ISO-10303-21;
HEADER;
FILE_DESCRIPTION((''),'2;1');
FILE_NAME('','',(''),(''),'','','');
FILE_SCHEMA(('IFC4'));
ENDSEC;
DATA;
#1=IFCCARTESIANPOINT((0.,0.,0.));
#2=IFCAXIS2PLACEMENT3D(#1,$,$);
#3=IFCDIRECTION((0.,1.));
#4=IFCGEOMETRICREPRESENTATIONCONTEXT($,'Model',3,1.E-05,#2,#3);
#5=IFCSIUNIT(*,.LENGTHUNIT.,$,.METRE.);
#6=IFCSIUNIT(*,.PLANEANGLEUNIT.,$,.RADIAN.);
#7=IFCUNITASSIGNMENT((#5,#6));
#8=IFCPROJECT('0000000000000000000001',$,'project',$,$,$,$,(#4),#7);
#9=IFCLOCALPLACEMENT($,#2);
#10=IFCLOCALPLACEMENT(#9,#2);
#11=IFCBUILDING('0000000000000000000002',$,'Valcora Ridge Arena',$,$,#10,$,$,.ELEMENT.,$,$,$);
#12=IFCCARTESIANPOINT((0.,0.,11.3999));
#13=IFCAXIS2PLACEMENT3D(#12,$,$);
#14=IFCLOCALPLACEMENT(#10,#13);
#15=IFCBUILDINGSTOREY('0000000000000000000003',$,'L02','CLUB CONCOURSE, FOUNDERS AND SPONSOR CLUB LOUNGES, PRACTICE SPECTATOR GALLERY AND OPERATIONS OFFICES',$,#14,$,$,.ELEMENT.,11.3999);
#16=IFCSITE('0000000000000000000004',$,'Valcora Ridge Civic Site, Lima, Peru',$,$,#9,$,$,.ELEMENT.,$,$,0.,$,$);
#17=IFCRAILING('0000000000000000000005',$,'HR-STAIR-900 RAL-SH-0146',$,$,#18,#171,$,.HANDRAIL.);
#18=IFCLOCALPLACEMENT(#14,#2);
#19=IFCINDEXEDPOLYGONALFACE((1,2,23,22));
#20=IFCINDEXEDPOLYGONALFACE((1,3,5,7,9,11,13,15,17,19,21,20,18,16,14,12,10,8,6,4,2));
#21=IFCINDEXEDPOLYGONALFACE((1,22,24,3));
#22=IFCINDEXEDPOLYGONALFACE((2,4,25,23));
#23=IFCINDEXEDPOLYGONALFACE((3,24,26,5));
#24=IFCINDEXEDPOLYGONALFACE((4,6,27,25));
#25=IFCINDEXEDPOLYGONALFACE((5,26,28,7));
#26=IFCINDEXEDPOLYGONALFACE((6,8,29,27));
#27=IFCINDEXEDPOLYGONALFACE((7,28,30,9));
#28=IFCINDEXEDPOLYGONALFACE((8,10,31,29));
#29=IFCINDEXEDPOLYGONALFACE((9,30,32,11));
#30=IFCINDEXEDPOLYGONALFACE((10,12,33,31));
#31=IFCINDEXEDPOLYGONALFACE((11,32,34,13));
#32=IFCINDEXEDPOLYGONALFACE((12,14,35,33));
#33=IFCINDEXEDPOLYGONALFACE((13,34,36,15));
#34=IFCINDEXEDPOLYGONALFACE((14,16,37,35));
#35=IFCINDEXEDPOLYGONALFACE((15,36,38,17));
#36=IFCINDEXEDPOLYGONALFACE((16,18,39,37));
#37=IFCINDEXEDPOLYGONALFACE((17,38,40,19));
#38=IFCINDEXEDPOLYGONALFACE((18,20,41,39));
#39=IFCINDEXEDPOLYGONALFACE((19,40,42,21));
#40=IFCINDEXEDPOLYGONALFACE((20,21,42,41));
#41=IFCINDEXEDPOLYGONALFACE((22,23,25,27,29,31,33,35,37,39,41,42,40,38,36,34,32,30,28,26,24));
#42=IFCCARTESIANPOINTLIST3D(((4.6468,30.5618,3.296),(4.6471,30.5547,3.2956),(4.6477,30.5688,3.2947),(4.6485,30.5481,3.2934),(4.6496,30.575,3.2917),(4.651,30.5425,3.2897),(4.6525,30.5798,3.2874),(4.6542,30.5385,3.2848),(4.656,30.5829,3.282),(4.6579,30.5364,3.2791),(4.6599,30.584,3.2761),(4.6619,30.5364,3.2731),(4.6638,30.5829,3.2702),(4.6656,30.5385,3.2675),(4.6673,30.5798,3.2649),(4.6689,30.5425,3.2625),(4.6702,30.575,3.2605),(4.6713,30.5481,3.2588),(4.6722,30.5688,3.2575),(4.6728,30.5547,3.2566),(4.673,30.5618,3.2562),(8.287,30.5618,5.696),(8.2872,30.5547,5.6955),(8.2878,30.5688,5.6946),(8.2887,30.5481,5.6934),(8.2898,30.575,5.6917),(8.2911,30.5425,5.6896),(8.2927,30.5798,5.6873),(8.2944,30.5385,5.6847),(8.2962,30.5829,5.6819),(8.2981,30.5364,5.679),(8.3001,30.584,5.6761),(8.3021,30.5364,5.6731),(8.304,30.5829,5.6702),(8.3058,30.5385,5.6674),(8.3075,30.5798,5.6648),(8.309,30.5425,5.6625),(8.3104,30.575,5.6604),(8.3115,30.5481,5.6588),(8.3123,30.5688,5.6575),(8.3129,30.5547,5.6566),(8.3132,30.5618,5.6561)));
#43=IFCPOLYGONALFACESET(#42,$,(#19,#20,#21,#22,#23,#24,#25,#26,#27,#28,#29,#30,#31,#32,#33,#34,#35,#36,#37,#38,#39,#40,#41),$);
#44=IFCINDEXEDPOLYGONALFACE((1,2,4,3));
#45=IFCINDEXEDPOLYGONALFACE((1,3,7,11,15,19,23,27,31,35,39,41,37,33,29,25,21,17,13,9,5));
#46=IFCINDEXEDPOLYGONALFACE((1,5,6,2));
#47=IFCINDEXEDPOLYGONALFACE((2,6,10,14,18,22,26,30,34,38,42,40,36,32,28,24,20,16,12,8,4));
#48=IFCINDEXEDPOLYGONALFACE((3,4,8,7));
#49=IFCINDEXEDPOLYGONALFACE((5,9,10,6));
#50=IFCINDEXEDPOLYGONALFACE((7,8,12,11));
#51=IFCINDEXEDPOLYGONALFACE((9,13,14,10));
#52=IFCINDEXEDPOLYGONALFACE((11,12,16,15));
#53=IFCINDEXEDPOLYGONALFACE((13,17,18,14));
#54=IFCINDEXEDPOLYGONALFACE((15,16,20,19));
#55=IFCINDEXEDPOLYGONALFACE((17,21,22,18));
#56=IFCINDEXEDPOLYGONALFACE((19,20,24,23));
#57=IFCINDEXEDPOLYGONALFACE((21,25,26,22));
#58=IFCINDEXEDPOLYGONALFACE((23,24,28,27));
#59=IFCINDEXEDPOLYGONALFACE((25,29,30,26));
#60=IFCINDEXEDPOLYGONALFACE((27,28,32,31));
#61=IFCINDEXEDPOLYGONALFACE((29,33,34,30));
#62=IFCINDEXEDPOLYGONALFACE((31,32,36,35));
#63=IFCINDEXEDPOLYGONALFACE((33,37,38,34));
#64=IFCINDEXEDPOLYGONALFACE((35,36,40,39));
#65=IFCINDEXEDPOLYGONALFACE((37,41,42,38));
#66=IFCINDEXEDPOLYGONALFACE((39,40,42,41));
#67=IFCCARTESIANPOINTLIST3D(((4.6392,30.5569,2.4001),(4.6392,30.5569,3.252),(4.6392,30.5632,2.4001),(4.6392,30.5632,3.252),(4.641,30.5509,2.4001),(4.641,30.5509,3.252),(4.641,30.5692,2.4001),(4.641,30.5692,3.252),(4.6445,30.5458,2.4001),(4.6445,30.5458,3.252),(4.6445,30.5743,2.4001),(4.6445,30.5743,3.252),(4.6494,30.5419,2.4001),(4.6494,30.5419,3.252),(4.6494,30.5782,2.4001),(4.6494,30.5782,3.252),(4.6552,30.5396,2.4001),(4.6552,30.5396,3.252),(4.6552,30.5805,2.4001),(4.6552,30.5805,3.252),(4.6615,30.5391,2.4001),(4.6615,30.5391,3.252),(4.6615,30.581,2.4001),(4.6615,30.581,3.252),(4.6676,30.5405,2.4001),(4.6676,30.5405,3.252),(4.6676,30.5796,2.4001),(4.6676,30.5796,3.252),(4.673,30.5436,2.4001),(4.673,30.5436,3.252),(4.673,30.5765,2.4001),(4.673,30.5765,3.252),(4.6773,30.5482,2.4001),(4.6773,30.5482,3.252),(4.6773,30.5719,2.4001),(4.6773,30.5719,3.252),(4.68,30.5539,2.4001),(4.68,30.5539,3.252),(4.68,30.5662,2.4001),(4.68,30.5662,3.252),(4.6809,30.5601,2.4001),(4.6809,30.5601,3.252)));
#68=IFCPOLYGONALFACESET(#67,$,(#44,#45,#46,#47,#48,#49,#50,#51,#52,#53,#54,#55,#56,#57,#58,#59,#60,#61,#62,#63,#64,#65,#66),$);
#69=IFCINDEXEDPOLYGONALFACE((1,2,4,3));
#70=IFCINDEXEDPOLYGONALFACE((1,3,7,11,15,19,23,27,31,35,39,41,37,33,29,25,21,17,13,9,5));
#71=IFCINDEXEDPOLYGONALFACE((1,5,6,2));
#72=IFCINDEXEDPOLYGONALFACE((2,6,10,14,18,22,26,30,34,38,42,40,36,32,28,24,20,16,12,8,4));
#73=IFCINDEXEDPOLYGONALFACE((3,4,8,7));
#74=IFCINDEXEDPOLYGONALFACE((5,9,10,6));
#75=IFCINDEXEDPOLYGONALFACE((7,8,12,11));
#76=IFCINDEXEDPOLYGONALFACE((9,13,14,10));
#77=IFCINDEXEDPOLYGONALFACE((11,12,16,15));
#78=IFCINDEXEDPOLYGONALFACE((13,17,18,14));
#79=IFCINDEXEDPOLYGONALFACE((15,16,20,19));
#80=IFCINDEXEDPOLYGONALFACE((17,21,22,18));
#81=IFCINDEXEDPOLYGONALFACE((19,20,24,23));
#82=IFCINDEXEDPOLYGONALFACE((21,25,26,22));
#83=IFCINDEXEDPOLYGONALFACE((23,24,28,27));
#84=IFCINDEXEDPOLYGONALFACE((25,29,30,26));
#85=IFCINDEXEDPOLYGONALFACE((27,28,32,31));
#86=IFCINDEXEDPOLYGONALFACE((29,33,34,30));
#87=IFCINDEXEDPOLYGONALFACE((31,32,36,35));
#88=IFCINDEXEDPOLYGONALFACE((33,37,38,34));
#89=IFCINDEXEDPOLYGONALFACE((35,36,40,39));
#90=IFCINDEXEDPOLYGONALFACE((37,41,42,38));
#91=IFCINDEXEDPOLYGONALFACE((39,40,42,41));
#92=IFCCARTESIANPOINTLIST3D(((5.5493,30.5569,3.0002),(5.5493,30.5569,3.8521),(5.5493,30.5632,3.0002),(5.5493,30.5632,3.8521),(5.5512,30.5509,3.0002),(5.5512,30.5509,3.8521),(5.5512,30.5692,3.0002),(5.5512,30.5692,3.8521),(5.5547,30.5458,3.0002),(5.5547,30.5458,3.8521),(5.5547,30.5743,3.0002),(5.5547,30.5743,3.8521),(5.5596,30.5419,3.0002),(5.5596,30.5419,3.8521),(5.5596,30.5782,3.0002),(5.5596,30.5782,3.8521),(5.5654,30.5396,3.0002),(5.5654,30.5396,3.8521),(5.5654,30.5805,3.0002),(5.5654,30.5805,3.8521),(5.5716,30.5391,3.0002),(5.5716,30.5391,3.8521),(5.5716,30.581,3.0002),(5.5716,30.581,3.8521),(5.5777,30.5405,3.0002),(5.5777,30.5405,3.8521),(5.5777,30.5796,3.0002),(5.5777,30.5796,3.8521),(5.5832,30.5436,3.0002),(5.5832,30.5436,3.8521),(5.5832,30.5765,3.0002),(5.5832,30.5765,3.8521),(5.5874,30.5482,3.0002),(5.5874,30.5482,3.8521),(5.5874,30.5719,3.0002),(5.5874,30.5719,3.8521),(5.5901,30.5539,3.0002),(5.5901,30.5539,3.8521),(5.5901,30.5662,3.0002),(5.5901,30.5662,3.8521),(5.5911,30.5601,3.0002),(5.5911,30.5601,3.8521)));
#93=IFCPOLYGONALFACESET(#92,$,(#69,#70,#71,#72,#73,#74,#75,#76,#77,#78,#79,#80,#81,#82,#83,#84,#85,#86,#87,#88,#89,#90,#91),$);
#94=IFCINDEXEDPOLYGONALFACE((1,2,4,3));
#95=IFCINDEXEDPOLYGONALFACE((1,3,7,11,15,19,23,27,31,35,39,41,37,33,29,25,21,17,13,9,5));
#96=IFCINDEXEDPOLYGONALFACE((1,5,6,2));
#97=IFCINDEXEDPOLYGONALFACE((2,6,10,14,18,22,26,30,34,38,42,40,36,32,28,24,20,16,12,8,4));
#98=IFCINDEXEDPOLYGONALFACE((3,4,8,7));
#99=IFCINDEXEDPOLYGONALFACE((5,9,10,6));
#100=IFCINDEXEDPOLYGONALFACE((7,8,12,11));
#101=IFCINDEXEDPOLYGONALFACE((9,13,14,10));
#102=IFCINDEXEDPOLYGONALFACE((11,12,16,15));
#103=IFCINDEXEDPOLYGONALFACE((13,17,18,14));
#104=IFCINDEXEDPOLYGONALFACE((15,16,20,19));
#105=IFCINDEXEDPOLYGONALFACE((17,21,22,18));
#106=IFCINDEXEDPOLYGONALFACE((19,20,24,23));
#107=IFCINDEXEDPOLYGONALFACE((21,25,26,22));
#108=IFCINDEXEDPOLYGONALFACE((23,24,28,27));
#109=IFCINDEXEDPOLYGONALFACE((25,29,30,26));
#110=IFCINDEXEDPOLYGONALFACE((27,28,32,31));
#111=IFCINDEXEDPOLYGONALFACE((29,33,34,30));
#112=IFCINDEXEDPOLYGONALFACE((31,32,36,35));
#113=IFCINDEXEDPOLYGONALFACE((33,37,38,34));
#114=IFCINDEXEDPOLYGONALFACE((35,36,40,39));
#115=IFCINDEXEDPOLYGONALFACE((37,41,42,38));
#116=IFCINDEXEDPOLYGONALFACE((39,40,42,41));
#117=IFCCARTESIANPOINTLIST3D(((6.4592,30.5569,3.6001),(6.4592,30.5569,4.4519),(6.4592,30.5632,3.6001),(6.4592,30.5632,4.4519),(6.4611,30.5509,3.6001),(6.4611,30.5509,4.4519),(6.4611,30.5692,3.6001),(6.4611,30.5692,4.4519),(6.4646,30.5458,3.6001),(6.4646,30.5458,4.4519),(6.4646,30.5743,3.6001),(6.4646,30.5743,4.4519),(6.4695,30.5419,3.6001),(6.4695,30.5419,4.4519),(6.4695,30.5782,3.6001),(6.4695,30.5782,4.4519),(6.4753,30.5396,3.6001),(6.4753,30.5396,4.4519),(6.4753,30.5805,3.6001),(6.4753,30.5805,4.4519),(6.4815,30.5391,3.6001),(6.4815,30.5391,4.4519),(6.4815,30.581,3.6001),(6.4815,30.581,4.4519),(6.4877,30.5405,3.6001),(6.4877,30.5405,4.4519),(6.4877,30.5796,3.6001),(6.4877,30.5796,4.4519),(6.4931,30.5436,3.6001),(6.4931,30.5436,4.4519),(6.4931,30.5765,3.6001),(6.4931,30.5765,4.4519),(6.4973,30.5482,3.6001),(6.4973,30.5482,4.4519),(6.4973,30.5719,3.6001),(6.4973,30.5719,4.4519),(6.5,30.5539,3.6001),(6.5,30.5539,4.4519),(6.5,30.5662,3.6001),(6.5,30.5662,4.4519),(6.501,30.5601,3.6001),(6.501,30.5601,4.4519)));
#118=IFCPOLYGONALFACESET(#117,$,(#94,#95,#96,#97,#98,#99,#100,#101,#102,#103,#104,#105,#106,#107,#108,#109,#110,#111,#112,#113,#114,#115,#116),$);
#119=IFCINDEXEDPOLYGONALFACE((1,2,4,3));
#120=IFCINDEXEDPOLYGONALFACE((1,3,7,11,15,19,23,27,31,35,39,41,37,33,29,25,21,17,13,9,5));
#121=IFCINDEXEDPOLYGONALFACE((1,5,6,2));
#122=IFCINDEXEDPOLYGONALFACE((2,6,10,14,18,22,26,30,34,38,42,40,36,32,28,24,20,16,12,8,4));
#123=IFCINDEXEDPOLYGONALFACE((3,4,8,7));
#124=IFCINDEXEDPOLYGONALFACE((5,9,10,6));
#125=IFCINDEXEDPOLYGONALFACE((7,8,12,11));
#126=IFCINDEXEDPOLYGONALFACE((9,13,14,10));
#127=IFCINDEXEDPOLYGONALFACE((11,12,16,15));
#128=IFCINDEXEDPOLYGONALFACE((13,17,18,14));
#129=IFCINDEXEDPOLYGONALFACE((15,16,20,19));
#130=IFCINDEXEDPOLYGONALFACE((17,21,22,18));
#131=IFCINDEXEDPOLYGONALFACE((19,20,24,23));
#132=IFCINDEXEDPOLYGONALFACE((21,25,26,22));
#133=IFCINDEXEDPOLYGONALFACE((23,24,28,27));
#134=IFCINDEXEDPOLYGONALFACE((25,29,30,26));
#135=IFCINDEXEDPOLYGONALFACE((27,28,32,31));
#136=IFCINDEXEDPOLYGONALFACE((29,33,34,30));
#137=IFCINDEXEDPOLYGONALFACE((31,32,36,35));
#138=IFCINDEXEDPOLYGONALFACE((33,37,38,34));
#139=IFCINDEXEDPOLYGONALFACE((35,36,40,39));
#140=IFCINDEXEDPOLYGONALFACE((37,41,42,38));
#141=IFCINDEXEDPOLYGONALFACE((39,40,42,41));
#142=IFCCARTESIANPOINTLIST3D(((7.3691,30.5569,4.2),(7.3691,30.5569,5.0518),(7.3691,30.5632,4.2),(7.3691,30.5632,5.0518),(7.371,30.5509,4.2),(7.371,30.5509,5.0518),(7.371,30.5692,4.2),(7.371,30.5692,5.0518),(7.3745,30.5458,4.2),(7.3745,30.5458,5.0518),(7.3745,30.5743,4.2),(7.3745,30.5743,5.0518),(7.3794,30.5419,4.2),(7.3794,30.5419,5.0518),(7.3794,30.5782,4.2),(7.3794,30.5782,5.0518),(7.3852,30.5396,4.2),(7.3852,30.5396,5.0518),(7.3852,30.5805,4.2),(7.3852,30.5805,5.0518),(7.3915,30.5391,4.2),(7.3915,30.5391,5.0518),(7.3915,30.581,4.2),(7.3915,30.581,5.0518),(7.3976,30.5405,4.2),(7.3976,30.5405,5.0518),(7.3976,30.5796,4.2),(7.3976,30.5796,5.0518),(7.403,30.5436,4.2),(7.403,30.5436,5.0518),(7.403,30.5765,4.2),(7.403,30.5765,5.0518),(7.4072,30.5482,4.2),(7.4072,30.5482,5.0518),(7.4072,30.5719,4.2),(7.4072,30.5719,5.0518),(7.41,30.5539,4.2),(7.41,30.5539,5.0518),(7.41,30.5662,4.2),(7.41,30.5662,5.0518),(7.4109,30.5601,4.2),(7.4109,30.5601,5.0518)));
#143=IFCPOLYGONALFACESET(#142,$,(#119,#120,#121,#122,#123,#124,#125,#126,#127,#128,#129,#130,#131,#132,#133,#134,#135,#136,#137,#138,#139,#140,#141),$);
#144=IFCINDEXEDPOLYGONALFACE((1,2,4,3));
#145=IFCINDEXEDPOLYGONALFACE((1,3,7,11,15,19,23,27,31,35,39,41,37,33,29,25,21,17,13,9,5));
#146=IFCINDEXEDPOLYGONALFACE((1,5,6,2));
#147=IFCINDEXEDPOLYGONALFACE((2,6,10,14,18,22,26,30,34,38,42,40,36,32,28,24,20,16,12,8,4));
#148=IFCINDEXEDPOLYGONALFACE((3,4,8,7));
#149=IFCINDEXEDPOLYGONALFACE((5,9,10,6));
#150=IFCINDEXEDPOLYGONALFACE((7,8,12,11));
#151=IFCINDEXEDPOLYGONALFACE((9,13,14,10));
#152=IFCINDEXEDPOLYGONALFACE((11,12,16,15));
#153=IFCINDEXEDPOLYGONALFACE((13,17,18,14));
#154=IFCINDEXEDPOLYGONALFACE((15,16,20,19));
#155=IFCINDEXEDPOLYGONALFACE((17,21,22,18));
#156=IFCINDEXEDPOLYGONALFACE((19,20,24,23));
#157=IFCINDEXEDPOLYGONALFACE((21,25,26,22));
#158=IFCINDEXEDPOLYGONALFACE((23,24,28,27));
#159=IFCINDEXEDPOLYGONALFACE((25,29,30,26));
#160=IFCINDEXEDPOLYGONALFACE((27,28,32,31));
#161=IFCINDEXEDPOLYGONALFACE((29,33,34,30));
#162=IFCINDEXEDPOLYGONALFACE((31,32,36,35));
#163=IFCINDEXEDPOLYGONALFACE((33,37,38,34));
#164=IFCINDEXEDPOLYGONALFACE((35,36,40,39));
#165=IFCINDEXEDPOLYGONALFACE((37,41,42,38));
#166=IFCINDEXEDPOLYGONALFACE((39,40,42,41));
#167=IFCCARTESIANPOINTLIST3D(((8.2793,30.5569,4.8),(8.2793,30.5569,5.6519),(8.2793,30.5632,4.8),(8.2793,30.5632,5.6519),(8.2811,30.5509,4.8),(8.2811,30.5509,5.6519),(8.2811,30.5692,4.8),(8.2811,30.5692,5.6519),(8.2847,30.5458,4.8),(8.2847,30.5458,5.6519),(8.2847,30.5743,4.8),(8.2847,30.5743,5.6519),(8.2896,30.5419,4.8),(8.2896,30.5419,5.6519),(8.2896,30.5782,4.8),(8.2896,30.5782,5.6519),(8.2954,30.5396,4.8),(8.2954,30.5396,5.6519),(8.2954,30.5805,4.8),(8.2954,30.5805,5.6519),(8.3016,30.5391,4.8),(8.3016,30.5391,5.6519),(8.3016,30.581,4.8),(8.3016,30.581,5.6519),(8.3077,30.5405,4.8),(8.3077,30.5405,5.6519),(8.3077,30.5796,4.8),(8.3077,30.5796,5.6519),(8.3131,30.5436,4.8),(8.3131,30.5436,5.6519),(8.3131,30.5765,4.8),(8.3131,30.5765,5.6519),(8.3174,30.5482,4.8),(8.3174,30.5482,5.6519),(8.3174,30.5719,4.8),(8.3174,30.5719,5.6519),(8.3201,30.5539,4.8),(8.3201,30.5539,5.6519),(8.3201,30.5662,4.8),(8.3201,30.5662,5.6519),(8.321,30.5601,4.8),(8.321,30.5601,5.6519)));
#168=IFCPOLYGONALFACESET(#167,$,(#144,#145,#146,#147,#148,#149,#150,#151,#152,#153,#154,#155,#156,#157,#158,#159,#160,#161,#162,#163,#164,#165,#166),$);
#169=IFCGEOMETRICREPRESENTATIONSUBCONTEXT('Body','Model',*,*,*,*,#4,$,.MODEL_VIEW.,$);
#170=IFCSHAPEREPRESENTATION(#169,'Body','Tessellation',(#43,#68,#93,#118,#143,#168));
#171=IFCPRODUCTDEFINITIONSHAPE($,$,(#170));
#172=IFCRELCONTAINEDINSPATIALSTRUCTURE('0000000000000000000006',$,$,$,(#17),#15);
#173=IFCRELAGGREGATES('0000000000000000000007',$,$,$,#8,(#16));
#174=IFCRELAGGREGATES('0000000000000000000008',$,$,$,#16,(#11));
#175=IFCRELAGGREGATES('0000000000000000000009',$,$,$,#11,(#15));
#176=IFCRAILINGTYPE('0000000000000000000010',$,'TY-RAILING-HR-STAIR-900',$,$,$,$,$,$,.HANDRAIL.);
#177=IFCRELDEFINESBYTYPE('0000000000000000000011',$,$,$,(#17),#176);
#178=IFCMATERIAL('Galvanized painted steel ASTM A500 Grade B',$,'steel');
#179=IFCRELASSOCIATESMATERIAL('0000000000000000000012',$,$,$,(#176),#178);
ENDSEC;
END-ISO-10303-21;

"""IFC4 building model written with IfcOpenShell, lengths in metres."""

from ifc_helpers import new_model, si_unit, direction, frame, origin, origin_2d, place, context, subcontext, project, spatial, circle, extrude, material, type_object, element, save


model = new_model("IFC4")

# Units and contexts
model_context = context("Model", 3, precision=1e-05, world=origin(), true_north=direction((0.0, 1.0)))
body_context = subcontext(model_context, "Body", "Model", "MODEL_VIEW")
ifc_project = project(units=[si_unit("LENGTHUNIT", "METRE"), si_unit("PLANEANGLEUNIT", "RADIAN")], contexts=[model_context])

# Site, building, storey
site_placement = place(None, origin())
site = spatial("IfcSite", under=ifc_project, at=site_placement, Name="Valcora Ridge Civic Site, Lima, Peru", CompositionType="ELEMENT", RefElevation=0.0)
building_placement = place(site_placement, origin())
building = spatial("IfcBuilding", under=site, at=building_placement, Name="Valcora Ridge Arena", CompositionType="ELEMENT")
storey_placement = place(building_placement, frame((0.0, 0.0, 11.3999)))
storey = spatial("IfcBuildingStorey", under=building, at=storey_placement, Name="L02", Description="CLUB CONCOURSE, FOUNDERS AND SPONSOR CLUB LOUNGES, PRACTICE SPECTATOR GALLERY AND OPERATIONS OFFICES", CompositionType="ELEMENT", Elevation=11.3999)

# Railing
ifc_material_1 = material(Name="Galvanized painted steel ASTM A500 Grade B", Category="steel")
railing_type = type_object("IfcRailingType", Name="TY-RAILING-HR-STAIR-900", PredefinedType="HANDRAIL", material=ifc_material_1)
railing_placement = place(storey_placement, frame((4.6599, 30.5601, 2.4001)))
element("IfcRailing", 1, at=railing_placement, inside=storey, type_object=railing_type, Name="HR-STAIR-900 RAL-SH-0146", PredefinedType="HANDRAIL", context=body_context, shape_type="SweptSolid", body=[
    extrude(circle(Radius=0.0239, at=origin_2d()), frame((0.0, 0.0, 0.876), z_axis=(0.834882, 0.0, 0.550429), x_axis=(0.0, 1.0, 0.0)), (0.0, 0.0, 1.0), 4.3601),
    extrude(circle(Radius=0.021, at=origin_2d()), origin(), (0.0, 0.0, 1.0), 0.8518),
    extrude(circle(Radius=0.021, at=origin_2d()), frame((0.9102, 0.0, 0.6001)), (0.0, 0.0, 1.0), 0.8518),
    extrude(circle(Radius=0.021, at=origin_2d()), frame((1.8201, 0.0, 1.2)), (0.0, 0.0, 1.0), 0.8518),
    extrude(circle(Radius=0.021, at=origin_2d()), frame((2.73, 0.0, 1.7998)), (0.0, 0.0, 1.0), 0.8518),
    extrude(circle(Radius=0.021, at=origin_2d()), frame((3.6401, 0.0, 2.3999)), (0.0, 0.0, 1.0), 0.8518),
])

save(model, "model.ifc")
